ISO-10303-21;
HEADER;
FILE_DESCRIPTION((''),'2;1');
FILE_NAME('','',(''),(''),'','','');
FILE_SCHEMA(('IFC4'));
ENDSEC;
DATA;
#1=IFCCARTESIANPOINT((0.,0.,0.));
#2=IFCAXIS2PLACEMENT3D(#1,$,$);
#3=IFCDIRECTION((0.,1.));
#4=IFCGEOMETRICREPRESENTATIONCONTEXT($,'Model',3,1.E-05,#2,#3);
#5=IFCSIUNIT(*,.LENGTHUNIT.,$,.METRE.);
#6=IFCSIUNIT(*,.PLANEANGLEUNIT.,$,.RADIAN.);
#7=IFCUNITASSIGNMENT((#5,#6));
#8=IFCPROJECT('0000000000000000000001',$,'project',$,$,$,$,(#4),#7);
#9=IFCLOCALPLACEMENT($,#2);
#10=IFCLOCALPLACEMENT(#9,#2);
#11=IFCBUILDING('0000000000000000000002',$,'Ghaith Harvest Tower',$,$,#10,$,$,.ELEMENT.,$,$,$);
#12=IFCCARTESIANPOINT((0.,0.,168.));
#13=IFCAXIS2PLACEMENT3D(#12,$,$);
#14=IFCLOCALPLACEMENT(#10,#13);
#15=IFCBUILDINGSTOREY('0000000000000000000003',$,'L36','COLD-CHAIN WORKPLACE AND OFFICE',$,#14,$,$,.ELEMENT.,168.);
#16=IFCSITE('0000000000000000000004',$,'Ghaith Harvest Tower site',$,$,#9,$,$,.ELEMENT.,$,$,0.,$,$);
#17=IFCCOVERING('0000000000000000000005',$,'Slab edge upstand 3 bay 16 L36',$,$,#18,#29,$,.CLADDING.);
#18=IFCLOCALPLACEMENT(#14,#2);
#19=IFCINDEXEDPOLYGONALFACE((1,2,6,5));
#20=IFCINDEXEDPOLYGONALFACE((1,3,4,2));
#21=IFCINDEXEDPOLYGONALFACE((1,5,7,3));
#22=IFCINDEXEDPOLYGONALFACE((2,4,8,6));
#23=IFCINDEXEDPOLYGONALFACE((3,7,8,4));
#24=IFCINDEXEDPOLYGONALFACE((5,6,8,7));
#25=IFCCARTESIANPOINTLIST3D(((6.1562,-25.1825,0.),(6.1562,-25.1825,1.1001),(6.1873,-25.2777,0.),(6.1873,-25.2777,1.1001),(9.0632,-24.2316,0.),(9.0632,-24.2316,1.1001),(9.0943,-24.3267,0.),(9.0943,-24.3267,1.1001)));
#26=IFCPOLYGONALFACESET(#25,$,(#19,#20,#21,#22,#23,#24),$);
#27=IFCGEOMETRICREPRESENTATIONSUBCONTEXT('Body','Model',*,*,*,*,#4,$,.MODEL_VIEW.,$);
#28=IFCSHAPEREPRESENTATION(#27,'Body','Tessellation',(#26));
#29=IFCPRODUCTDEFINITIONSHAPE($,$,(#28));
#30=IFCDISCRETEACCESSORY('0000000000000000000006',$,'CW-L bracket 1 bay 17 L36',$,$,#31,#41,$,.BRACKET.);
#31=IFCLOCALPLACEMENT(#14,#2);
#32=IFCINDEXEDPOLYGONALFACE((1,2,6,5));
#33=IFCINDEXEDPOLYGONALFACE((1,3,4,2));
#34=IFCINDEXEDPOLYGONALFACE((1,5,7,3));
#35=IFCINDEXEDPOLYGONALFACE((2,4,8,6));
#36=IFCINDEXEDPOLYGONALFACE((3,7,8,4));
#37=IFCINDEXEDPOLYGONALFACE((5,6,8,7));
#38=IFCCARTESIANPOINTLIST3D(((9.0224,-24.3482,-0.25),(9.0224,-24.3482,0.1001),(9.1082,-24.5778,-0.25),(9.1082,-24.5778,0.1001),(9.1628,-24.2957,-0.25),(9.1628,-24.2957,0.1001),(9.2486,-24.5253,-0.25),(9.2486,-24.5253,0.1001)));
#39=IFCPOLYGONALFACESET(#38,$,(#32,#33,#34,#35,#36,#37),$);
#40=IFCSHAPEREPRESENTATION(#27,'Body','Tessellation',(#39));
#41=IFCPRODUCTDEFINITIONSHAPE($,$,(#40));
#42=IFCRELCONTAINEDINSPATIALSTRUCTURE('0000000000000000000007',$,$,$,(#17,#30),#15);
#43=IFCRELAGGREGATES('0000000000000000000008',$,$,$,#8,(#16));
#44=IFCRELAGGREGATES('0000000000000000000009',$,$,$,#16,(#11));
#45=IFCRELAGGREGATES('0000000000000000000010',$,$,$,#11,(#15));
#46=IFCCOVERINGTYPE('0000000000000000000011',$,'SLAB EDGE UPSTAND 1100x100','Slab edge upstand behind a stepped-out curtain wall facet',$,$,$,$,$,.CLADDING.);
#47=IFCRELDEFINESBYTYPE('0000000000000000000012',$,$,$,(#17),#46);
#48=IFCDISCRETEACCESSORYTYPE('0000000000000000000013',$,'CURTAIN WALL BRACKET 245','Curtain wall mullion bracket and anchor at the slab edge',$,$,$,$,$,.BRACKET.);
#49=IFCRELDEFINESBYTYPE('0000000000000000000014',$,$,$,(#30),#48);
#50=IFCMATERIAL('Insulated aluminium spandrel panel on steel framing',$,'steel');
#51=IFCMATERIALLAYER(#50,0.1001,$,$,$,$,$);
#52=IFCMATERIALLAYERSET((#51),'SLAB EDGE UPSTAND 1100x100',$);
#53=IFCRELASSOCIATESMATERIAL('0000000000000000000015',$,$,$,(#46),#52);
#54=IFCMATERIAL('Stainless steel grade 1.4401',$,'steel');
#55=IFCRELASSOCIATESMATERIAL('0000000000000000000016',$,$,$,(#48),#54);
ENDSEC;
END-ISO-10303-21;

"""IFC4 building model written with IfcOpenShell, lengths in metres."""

from ifc_helpers import new_model, si_unit, direction, frame, origin, origin_2d, place, context, subcontext, project, spatial, rectangle, extrude, material, layer, layer_set, type_object, element, save


model = new_model("IFC4")

# Units and contexts
model_context = context("Model", 3, precision=1e-05, world=origin(), true_north=direction((0.0, 1.0)))
body_context = subcontext(model_context, "Body", "Model", "MODEL_VIEW")
ifc_project = project(units=[si_unit("LENGTHUNIT", "METRE"), si_unit("PLANEANGLEUNIT", "RADIAN")], contexts=[model_context])

# Site, building, storey
site_placement = place(None, origin())
site = spatial("IfcSite", under=ifc_project, at=site_placement, Name="Ghaith Harvest Tower site", CompositionType="ELEMENT", RefElevation=0.0)
building_placement = place(site_placement, origin())
building = spatial("IfcBuilding", under=site, at=building_placement, Name="Ghaith Harvest Tower", CompositionType="ELEMENT")
storey_placement = place(building_placement, frame((0.0, 0.0, 168.0)))
storey = spatial("IfcBuildingStorey", under=building, at=storey_placement, Name="L36", Description="COLD-CHAIN WORKPLACE AND OFFICE", CompositionType="ELEMENT", Elevation=168.0)

# Covering
ifc_material_1 = material(Name="Insulated aluminium spandrel panel on steel framing", Category="steel")
ifc_layer_1 = layer(ifc_material_1, 0.1001)
ifc_layer_set_1 = layer_set([ifc_layer_1], Name="SLAB EDGE UPSTAND 1100x100")
covering_type = type_object("IfcCoveringType", Name="SLAB EDGE UPSTAND 1100x100", Description="Slab edge upstand behind a stepped-out curtain wall facet", PredefinedType="CLADDING", material=ifc_layer_set_1)
covering_1_placement = place(storey_placement, frame((7.6252, -24.7546, 0.0), z_axis=(0.0, 0.0, 1.0), x_axis=(0.950441, 0.310904, 0.0)))
element("IfcCovering", 1, at=covering_1_placement, inside=storey, type_object=covering_type, Name="Slab edge upstand 3 bay 16 L36", PredefinedType="CLADDING", context=body_context, shape_type="SweptSolid", body=[
    extrude(rectangle(XDim=3.0586, YDim=0.1001, at=origin_2d()), origin(), (0.0, 0.0, 1.0), 1.1001),
])

# Discrete accessory
ifc_material_2 = material(Name="Stainless steel grade 1.4401", Category="steel")
discrete_accessory_type = type_object("IfcDiscreteAccessoryType", Name="CURTAIN WALL BRACKET 245", Description="Curtain wall mullion bracket and anchor at the slab edge", PredefinedType="BRACKET", material=ifc_material_2)
discrete_accessory_placement = place(storey_placement, frame((9.1355, -24.4368, -0.25), z_axis=(0.0, 0.0, 1.0), x_axis=(0.350168, -0.936687, 0.0)))
element("IfcDiscreteAccessory", 2, at=discrete_accessory_placement, inside=storey, type_object=discrete_accessory_type, Name="CW-L bracket 1 bay 17 L36", PredefinedType="BRACKET", context=body_context, shape_type="SweptSolid", body=[
    extrude(rectangle(XDim=0.2451, YDim=0.1499, at=origin_2d()), origin(), (0.0, 0.0, 1.0), 0.3501),
])

save(model, "model.ifc")
